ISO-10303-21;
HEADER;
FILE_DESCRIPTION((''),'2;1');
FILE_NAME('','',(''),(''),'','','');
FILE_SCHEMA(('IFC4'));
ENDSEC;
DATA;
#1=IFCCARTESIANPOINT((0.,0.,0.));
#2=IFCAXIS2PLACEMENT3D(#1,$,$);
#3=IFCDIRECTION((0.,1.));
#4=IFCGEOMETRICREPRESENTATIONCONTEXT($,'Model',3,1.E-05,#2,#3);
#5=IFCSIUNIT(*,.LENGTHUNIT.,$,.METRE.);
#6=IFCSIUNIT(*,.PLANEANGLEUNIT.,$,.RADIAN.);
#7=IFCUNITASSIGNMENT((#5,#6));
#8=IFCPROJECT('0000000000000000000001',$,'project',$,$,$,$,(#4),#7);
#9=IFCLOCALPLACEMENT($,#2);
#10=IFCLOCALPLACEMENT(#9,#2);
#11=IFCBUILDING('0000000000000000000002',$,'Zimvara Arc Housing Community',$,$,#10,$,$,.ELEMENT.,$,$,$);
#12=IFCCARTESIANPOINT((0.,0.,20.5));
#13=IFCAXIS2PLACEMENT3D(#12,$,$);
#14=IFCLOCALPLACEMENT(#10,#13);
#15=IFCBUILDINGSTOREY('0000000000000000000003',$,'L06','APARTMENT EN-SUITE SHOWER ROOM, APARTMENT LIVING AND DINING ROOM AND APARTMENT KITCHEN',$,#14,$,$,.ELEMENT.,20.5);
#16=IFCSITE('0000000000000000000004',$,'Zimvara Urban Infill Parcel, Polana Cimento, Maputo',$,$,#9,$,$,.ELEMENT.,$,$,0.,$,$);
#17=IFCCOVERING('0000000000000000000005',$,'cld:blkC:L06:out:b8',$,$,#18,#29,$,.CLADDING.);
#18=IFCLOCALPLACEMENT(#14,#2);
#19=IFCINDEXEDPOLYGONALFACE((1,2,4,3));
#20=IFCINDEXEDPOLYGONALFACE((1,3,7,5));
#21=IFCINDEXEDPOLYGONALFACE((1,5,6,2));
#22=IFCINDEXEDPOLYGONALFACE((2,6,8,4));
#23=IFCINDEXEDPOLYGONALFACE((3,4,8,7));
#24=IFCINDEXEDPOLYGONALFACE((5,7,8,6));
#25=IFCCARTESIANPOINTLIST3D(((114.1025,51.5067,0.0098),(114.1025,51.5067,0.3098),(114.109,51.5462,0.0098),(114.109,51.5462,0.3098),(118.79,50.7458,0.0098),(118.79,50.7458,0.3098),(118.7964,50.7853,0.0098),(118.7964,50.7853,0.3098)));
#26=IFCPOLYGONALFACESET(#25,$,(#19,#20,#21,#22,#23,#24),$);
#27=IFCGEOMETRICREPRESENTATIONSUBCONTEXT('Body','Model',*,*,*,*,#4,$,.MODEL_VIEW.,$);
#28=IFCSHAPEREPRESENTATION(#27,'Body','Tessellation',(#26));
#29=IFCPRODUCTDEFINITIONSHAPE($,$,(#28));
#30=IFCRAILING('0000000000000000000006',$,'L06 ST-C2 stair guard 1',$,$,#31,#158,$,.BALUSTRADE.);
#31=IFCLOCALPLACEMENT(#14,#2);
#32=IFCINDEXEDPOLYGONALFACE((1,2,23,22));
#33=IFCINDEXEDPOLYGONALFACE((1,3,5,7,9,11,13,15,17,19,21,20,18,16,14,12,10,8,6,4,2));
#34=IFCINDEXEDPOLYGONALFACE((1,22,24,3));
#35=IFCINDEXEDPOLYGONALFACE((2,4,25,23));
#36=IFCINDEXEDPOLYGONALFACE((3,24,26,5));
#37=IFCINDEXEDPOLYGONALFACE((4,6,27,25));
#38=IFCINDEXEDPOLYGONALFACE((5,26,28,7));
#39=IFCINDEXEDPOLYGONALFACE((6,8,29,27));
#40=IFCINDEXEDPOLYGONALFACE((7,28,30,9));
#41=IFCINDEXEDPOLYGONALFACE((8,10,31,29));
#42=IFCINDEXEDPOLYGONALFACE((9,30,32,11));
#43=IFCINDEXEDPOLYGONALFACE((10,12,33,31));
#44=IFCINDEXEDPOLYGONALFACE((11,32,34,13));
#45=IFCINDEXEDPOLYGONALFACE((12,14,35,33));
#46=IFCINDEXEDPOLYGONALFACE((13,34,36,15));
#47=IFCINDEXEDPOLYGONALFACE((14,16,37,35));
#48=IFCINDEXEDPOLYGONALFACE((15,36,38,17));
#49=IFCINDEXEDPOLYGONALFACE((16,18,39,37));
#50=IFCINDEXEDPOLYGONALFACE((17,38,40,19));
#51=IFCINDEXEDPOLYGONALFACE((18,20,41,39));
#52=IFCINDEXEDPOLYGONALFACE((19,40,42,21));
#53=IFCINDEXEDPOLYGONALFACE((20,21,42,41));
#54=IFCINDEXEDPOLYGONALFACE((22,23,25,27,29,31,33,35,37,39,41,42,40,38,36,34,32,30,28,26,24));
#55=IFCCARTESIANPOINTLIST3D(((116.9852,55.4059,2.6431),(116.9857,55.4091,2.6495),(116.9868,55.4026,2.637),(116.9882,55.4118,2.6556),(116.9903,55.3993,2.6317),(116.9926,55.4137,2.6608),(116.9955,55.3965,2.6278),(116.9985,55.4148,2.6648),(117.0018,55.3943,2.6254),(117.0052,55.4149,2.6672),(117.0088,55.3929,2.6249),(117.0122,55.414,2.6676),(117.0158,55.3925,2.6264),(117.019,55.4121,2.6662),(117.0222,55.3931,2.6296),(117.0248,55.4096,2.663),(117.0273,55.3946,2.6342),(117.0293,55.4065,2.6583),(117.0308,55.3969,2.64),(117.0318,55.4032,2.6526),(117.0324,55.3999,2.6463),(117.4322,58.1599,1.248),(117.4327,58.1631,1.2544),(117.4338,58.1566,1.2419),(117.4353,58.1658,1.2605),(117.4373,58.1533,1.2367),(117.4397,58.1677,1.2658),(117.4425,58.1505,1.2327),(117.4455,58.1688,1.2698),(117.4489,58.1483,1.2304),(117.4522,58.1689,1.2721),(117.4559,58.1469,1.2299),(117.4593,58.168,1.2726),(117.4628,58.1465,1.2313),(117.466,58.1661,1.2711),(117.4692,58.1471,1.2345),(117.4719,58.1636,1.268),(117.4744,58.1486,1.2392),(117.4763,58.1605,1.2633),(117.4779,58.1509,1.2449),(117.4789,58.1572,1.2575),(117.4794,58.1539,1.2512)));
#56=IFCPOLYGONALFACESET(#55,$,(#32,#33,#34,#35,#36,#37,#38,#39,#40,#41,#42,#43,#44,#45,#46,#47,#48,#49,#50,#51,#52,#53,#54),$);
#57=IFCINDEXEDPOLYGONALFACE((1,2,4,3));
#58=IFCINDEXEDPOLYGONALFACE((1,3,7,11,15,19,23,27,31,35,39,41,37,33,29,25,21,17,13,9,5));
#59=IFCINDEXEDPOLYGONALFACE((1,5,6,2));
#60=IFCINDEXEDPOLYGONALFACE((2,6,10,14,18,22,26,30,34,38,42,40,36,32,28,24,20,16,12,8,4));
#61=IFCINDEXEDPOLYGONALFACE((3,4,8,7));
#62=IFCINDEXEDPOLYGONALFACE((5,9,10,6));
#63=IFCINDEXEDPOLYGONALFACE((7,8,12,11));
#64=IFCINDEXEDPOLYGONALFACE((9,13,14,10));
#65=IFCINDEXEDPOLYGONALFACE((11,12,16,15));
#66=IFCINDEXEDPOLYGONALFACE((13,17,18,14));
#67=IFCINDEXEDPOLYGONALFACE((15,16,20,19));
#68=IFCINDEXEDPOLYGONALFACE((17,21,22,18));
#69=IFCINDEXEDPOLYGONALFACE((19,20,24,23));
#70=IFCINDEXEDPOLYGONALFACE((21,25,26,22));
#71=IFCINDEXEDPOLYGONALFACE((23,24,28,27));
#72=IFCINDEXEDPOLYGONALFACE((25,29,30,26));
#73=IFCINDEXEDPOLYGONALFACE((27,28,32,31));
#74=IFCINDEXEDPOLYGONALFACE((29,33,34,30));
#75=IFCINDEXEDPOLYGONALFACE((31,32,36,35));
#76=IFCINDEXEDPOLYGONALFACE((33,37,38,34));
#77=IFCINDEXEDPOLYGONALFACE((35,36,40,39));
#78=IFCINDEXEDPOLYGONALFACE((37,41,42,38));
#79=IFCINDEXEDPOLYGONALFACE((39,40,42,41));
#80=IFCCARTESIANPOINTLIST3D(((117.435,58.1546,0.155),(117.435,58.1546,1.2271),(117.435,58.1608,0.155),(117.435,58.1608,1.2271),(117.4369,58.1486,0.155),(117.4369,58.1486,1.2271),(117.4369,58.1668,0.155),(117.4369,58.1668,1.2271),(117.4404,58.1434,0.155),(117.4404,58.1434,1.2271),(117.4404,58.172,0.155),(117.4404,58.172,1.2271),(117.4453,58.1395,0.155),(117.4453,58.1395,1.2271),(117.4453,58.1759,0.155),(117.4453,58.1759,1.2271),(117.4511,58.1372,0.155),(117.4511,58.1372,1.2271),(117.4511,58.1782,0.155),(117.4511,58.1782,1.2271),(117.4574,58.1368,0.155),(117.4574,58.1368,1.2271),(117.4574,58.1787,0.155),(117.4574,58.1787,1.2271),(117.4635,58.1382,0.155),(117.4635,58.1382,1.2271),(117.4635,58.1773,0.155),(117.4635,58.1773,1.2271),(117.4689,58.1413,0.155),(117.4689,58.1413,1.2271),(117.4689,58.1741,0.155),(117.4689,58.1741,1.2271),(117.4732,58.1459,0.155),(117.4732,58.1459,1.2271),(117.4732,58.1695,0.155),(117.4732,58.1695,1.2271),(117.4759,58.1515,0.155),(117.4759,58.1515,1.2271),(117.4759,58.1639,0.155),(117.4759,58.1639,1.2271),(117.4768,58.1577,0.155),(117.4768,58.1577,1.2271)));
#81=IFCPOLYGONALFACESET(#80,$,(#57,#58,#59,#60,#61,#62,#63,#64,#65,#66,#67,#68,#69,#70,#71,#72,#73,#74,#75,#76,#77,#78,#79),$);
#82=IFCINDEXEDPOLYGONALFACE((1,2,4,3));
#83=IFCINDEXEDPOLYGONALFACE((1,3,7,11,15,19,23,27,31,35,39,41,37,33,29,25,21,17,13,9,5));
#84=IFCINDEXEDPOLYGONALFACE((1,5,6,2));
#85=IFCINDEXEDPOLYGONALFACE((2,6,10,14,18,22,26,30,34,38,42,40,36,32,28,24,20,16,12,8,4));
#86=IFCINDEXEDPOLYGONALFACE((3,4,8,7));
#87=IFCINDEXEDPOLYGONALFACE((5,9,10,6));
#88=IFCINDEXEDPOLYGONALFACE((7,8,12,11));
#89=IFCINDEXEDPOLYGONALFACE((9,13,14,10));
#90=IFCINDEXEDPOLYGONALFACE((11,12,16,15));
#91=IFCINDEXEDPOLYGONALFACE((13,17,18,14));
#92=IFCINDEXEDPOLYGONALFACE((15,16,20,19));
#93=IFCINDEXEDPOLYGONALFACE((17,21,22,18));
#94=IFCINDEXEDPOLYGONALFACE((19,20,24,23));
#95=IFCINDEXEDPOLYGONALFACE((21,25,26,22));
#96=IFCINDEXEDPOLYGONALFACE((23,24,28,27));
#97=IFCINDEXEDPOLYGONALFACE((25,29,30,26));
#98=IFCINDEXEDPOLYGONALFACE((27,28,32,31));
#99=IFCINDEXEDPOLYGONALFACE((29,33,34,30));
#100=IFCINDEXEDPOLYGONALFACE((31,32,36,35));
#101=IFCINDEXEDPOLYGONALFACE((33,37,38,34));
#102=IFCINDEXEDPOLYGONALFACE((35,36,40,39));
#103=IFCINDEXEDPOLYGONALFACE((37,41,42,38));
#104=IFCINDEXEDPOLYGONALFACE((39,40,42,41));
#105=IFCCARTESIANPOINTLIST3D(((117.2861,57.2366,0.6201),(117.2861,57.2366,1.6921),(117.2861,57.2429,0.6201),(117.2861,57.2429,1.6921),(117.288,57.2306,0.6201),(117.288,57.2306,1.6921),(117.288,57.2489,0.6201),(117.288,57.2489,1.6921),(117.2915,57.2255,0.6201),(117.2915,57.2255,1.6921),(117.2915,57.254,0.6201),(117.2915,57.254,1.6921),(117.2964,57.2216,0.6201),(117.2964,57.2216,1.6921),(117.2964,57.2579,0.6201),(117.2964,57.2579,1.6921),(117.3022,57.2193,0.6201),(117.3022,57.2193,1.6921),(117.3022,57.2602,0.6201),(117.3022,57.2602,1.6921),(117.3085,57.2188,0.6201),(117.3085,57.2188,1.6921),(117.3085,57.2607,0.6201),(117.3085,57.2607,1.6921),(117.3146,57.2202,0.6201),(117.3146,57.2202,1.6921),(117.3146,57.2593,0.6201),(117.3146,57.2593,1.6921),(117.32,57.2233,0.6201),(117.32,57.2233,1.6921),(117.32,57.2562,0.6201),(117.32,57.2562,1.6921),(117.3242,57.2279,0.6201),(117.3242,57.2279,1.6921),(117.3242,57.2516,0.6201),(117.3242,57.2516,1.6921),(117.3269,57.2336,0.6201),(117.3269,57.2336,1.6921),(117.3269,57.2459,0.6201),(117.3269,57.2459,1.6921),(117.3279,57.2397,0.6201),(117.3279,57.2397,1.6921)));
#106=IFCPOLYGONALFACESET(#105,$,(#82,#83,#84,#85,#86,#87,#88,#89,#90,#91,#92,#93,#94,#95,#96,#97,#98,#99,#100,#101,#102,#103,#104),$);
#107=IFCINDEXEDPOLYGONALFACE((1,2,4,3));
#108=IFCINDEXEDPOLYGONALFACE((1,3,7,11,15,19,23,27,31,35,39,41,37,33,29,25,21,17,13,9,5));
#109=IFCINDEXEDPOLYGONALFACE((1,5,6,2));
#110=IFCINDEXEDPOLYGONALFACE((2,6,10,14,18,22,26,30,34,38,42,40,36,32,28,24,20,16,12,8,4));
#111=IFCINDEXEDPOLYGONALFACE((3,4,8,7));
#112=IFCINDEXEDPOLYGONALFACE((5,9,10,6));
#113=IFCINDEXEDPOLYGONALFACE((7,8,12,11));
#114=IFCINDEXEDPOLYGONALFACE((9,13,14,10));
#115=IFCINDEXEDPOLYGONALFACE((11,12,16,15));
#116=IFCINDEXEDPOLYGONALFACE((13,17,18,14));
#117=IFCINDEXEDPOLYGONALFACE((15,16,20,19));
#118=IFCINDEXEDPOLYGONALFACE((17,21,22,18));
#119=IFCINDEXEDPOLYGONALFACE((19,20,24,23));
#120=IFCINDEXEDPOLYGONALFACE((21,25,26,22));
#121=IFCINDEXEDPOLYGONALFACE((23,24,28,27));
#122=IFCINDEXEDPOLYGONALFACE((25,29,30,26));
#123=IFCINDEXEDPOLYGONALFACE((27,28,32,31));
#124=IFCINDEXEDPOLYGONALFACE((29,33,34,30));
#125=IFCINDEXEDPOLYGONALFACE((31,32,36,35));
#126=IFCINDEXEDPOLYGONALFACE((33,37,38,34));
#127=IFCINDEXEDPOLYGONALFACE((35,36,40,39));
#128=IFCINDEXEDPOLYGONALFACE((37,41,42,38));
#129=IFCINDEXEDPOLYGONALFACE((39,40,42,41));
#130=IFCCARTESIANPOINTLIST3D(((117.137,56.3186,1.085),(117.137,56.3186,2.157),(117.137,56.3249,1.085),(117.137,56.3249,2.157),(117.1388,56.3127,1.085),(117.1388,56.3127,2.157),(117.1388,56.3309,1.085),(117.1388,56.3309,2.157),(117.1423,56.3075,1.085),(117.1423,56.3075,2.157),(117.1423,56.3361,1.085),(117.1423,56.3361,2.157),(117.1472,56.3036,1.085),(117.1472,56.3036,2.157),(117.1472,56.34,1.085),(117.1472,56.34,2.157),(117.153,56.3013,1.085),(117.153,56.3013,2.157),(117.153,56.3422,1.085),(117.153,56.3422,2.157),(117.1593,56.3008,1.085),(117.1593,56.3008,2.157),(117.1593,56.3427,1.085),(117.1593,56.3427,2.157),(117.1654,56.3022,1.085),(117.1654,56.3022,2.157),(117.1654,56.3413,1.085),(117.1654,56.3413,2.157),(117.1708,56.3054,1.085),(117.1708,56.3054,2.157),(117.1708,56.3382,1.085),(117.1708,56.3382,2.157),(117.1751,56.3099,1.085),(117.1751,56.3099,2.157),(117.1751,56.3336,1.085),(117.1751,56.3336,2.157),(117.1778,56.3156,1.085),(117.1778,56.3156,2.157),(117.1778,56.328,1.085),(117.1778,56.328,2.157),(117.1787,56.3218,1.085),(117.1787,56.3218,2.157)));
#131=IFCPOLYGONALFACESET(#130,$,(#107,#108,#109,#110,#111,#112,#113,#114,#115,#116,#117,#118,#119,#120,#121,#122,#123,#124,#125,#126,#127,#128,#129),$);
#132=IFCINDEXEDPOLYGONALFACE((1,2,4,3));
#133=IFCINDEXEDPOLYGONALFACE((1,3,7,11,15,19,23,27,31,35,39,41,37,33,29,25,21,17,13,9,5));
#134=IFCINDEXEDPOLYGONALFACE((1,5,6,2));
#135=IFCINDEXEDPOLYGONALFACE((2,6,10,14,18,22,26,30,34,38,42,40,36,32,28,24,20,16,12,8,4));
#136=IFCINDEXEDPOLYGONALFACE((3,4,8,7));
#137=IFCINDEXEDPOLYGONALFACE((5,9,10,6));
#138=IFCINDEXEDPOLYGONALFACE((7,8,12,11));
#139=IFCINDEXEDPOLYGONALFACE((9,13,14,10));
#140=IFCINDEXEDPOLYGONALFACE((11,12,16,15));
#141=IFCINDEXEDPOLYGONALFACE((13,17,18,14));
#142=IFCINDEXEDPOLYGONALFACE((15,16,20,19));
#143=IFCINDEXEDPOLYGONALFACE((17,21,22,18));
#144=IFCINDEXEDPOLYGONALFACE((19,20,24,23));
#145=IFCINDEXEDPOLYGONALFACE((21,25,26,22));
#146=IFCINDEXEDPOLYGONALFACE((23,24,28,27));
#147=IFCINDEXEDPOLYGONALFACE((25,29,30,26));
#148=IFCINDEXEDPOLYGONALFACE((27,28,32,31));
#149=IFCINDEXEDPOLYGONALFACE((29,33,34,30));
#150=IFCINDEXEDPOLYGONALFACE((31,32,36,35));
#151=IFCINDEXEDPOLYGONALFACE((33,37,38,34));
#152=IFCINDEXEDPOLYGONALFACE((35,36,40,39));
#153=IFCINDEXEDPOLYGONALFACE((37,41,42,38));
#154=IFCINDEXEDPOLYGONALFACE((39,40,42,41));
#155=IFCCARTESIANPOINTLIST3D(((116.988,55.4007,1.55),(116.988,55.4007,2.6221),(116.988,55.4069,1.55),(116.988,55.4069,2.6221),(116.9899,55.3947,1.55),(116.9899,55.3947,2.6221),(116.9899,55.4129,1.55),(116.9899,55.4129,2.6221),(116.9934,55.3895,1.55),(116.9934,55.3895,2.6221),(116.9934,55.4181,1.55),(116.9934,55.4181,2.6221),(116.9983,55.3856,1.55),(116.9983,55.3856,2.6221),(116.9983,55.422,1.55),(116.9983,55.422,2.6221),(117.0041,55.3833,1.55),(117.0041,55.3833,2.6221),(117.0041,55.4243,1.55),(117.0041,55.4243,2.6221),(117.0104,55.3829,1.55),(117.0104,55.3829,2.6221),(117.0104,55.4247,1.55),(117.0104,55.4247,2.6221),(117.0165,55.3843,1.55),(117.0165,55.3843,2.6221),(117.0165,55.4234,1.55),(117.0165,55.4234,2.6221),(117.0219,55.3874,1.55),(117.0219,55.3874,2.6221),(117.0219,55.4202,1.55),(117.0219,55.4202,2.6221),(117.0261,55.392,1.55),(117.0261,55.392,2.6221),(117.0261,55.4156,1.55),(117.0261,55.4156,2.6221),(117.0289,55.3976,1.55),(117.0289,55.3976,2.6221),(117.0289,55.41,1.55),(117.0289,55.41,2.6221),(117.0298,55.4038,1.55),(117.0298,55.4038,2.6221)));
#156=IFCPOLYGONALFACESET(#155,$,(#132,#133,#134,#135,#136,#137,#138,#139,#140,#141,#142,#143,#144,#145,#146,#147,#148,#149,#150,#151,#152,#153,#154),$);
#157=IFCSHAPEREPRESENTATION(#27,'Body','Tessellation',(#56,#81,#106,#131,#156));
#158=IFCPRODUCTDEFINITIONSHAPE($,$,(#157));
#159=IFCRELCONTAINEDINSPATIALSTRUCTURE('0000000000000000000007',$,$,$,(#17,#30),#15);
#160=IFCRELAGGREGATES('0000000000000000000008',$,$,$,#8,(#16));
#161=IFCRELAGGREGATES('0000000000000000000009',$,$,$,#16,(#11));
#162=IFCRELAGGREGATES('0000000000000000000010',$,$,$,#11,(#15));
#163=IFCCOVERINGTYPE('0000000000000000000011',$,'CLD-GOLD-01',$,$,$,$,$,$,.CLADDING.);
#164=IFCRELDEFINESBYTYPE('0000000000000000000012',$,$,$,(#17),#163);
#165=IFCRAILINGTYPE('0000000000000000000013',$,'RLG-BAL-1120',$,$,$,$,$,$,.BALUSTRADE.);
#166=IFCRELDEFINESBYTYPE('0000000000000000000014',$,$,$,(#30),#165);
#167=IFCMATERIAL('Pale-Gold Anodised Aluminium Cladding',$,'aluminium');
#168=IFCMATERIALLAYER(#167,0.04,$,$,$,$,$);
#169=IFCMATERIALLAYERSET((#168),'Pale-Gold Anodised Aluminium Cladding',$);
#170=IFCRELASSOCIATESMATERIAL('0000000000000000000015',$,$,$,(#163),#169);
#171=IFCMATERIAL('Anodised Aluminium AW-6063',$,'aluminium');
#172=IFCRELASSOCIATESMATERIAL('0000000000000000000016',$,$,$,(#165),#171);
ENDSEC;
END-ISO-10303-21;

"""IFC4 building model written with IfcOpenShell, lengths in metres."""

from ifc_helpers import new_model, si_unit, direction, frame, origin, origin_2d, place, context, subcontext, project, spatial, rectangle, circle, extrude, material, layer, layer_set, type_object, element, save


model = new_model("IFC4")

# Units and contexts
model_context = context("Model", 3, precision=1e-05, world=origin(), true_north=direction((0.0, 1.0)))
body_context = subcontext(model_context, "Body", "Model", "MODEL_VIEW")
ifc_project = project(units=[si_unit("LENGTHUNIT", "METRE"), si_unit("PLANEANGLEUNIT", "RADIAN")], contexts=[model_context])

# Site, building, storey
site_placement = place(None, origin())
site = spatial("IfcSite", under=ifc_project, at=site_placement, Name="Zimvara Urban Infill Parcel, Polana Cimento, Maputo", CompositionType="ELEMENT", RefElevation=0.0)
building_placement = place(site_placement, origin())
building = spatial("IfcBuilding", under=site, at=building_placement, Name="Zimvara Arc Housing Community", CompositionType="ELEMENT")
storey_placement = place(building_placement, frame((0.0, 0.0, 20.5)))
storey = spatial("IfcBuildingStorey", under=building, at=storey_placement, Name="L06", Description="APARTMENT EN-SUITE SHOWER ROOM, APARTMENT LIVING AND DINING ROOM AND APARTMENT KITCHEN", CompositionType="ELEMENT", Elevation=20.5)

# Covering
ifc_material_1 = material(Name="Pale-Gold Anodised Aluminium Cladding", Category="aluminium")
ifc_layer_1 = layer(ifc_material_1, 0.04)
ifc_layer_set_1 = layer_set([ifc_layer_1], Name="Pale-Gold Anodised Aluminium Cladding")
covering_type = type_object("IfcCoveringType", Name="CLD-GOLD-01", PredefinedType="CLADDING", material=ifc_layer_set_1)
covering_placement = place(storey_placement, frame((116.4495, 51.146, 0.0098), z_axis=(0.0, 0.0, 1.0), x_axis=(0.98708, -0.160226, 0.0)))
element("IfcCovering", 1, at=covering_placement, inside=storey, type_object=covering_type, Name="cld:blkC:L06:out:b8", PredefinedType="CLADDING", context=body_context, shape_type="SweptSolid", body=[
    extrude(rectangle(XDim=4.7488, YDim=0.04, at=origin_2d()), origin(), (0.0, 0.0, 1.0), 0.3),
])

# Railing
ifc_material_2 = material(Name="Anodised Aluminium AW-6063", Category="aluminium")
railing_type_1 = type_object("IfcRailingType", Name="RLG-BAL-1120", PredefinedType="BALUSTRADE", material=ifc_material_2)
railing_1_placement = place(storey_placement, frame((117.4558, 58.1577, 0.155)))
element("IfcRailing", 2, at=railing_1_placement, inside=storey, type_object=railing_type_1, Name="L06 ST-C2 stair guard 1", PredefinedType="BALUSTRADE", context=body_context, shape_type="SweptSolid", body=[
    extrude(circle(Radius=0.0239, at=origin_2d()), frame((0.0, 0.0, 1.0962), z_axis=(-0.143309, -0.882866, 0.447225), x_axis=(0.98708, -0.160226, 0.0)), (0.0, 0.0, 1.0), 3.1194),
    extrude(circle(Radius=0.021, at=origin_2d()), origin(), (0.0, 0.0, 1.0), 1.072),
    extrude(circle(Radius=0.021, at=origin_2d()), frame((-0.1489, -0.918, 0.4651)), (0.0, 0.0, 1.0), 1.072),
    extrude(circle(Radius=0.021, at=origin_2d()), frame((-0.2981, -1.8359, 0.9299)), (0.0, 0.0, 1.0), 1.072),
    extrude(circle(Radius=0.021, at=origin_2d()), frame((-0.447, -2.7539, 1.395)), (0.0, 0.0, 1.0), 1.072),
])

save(model, "model.ifc")
